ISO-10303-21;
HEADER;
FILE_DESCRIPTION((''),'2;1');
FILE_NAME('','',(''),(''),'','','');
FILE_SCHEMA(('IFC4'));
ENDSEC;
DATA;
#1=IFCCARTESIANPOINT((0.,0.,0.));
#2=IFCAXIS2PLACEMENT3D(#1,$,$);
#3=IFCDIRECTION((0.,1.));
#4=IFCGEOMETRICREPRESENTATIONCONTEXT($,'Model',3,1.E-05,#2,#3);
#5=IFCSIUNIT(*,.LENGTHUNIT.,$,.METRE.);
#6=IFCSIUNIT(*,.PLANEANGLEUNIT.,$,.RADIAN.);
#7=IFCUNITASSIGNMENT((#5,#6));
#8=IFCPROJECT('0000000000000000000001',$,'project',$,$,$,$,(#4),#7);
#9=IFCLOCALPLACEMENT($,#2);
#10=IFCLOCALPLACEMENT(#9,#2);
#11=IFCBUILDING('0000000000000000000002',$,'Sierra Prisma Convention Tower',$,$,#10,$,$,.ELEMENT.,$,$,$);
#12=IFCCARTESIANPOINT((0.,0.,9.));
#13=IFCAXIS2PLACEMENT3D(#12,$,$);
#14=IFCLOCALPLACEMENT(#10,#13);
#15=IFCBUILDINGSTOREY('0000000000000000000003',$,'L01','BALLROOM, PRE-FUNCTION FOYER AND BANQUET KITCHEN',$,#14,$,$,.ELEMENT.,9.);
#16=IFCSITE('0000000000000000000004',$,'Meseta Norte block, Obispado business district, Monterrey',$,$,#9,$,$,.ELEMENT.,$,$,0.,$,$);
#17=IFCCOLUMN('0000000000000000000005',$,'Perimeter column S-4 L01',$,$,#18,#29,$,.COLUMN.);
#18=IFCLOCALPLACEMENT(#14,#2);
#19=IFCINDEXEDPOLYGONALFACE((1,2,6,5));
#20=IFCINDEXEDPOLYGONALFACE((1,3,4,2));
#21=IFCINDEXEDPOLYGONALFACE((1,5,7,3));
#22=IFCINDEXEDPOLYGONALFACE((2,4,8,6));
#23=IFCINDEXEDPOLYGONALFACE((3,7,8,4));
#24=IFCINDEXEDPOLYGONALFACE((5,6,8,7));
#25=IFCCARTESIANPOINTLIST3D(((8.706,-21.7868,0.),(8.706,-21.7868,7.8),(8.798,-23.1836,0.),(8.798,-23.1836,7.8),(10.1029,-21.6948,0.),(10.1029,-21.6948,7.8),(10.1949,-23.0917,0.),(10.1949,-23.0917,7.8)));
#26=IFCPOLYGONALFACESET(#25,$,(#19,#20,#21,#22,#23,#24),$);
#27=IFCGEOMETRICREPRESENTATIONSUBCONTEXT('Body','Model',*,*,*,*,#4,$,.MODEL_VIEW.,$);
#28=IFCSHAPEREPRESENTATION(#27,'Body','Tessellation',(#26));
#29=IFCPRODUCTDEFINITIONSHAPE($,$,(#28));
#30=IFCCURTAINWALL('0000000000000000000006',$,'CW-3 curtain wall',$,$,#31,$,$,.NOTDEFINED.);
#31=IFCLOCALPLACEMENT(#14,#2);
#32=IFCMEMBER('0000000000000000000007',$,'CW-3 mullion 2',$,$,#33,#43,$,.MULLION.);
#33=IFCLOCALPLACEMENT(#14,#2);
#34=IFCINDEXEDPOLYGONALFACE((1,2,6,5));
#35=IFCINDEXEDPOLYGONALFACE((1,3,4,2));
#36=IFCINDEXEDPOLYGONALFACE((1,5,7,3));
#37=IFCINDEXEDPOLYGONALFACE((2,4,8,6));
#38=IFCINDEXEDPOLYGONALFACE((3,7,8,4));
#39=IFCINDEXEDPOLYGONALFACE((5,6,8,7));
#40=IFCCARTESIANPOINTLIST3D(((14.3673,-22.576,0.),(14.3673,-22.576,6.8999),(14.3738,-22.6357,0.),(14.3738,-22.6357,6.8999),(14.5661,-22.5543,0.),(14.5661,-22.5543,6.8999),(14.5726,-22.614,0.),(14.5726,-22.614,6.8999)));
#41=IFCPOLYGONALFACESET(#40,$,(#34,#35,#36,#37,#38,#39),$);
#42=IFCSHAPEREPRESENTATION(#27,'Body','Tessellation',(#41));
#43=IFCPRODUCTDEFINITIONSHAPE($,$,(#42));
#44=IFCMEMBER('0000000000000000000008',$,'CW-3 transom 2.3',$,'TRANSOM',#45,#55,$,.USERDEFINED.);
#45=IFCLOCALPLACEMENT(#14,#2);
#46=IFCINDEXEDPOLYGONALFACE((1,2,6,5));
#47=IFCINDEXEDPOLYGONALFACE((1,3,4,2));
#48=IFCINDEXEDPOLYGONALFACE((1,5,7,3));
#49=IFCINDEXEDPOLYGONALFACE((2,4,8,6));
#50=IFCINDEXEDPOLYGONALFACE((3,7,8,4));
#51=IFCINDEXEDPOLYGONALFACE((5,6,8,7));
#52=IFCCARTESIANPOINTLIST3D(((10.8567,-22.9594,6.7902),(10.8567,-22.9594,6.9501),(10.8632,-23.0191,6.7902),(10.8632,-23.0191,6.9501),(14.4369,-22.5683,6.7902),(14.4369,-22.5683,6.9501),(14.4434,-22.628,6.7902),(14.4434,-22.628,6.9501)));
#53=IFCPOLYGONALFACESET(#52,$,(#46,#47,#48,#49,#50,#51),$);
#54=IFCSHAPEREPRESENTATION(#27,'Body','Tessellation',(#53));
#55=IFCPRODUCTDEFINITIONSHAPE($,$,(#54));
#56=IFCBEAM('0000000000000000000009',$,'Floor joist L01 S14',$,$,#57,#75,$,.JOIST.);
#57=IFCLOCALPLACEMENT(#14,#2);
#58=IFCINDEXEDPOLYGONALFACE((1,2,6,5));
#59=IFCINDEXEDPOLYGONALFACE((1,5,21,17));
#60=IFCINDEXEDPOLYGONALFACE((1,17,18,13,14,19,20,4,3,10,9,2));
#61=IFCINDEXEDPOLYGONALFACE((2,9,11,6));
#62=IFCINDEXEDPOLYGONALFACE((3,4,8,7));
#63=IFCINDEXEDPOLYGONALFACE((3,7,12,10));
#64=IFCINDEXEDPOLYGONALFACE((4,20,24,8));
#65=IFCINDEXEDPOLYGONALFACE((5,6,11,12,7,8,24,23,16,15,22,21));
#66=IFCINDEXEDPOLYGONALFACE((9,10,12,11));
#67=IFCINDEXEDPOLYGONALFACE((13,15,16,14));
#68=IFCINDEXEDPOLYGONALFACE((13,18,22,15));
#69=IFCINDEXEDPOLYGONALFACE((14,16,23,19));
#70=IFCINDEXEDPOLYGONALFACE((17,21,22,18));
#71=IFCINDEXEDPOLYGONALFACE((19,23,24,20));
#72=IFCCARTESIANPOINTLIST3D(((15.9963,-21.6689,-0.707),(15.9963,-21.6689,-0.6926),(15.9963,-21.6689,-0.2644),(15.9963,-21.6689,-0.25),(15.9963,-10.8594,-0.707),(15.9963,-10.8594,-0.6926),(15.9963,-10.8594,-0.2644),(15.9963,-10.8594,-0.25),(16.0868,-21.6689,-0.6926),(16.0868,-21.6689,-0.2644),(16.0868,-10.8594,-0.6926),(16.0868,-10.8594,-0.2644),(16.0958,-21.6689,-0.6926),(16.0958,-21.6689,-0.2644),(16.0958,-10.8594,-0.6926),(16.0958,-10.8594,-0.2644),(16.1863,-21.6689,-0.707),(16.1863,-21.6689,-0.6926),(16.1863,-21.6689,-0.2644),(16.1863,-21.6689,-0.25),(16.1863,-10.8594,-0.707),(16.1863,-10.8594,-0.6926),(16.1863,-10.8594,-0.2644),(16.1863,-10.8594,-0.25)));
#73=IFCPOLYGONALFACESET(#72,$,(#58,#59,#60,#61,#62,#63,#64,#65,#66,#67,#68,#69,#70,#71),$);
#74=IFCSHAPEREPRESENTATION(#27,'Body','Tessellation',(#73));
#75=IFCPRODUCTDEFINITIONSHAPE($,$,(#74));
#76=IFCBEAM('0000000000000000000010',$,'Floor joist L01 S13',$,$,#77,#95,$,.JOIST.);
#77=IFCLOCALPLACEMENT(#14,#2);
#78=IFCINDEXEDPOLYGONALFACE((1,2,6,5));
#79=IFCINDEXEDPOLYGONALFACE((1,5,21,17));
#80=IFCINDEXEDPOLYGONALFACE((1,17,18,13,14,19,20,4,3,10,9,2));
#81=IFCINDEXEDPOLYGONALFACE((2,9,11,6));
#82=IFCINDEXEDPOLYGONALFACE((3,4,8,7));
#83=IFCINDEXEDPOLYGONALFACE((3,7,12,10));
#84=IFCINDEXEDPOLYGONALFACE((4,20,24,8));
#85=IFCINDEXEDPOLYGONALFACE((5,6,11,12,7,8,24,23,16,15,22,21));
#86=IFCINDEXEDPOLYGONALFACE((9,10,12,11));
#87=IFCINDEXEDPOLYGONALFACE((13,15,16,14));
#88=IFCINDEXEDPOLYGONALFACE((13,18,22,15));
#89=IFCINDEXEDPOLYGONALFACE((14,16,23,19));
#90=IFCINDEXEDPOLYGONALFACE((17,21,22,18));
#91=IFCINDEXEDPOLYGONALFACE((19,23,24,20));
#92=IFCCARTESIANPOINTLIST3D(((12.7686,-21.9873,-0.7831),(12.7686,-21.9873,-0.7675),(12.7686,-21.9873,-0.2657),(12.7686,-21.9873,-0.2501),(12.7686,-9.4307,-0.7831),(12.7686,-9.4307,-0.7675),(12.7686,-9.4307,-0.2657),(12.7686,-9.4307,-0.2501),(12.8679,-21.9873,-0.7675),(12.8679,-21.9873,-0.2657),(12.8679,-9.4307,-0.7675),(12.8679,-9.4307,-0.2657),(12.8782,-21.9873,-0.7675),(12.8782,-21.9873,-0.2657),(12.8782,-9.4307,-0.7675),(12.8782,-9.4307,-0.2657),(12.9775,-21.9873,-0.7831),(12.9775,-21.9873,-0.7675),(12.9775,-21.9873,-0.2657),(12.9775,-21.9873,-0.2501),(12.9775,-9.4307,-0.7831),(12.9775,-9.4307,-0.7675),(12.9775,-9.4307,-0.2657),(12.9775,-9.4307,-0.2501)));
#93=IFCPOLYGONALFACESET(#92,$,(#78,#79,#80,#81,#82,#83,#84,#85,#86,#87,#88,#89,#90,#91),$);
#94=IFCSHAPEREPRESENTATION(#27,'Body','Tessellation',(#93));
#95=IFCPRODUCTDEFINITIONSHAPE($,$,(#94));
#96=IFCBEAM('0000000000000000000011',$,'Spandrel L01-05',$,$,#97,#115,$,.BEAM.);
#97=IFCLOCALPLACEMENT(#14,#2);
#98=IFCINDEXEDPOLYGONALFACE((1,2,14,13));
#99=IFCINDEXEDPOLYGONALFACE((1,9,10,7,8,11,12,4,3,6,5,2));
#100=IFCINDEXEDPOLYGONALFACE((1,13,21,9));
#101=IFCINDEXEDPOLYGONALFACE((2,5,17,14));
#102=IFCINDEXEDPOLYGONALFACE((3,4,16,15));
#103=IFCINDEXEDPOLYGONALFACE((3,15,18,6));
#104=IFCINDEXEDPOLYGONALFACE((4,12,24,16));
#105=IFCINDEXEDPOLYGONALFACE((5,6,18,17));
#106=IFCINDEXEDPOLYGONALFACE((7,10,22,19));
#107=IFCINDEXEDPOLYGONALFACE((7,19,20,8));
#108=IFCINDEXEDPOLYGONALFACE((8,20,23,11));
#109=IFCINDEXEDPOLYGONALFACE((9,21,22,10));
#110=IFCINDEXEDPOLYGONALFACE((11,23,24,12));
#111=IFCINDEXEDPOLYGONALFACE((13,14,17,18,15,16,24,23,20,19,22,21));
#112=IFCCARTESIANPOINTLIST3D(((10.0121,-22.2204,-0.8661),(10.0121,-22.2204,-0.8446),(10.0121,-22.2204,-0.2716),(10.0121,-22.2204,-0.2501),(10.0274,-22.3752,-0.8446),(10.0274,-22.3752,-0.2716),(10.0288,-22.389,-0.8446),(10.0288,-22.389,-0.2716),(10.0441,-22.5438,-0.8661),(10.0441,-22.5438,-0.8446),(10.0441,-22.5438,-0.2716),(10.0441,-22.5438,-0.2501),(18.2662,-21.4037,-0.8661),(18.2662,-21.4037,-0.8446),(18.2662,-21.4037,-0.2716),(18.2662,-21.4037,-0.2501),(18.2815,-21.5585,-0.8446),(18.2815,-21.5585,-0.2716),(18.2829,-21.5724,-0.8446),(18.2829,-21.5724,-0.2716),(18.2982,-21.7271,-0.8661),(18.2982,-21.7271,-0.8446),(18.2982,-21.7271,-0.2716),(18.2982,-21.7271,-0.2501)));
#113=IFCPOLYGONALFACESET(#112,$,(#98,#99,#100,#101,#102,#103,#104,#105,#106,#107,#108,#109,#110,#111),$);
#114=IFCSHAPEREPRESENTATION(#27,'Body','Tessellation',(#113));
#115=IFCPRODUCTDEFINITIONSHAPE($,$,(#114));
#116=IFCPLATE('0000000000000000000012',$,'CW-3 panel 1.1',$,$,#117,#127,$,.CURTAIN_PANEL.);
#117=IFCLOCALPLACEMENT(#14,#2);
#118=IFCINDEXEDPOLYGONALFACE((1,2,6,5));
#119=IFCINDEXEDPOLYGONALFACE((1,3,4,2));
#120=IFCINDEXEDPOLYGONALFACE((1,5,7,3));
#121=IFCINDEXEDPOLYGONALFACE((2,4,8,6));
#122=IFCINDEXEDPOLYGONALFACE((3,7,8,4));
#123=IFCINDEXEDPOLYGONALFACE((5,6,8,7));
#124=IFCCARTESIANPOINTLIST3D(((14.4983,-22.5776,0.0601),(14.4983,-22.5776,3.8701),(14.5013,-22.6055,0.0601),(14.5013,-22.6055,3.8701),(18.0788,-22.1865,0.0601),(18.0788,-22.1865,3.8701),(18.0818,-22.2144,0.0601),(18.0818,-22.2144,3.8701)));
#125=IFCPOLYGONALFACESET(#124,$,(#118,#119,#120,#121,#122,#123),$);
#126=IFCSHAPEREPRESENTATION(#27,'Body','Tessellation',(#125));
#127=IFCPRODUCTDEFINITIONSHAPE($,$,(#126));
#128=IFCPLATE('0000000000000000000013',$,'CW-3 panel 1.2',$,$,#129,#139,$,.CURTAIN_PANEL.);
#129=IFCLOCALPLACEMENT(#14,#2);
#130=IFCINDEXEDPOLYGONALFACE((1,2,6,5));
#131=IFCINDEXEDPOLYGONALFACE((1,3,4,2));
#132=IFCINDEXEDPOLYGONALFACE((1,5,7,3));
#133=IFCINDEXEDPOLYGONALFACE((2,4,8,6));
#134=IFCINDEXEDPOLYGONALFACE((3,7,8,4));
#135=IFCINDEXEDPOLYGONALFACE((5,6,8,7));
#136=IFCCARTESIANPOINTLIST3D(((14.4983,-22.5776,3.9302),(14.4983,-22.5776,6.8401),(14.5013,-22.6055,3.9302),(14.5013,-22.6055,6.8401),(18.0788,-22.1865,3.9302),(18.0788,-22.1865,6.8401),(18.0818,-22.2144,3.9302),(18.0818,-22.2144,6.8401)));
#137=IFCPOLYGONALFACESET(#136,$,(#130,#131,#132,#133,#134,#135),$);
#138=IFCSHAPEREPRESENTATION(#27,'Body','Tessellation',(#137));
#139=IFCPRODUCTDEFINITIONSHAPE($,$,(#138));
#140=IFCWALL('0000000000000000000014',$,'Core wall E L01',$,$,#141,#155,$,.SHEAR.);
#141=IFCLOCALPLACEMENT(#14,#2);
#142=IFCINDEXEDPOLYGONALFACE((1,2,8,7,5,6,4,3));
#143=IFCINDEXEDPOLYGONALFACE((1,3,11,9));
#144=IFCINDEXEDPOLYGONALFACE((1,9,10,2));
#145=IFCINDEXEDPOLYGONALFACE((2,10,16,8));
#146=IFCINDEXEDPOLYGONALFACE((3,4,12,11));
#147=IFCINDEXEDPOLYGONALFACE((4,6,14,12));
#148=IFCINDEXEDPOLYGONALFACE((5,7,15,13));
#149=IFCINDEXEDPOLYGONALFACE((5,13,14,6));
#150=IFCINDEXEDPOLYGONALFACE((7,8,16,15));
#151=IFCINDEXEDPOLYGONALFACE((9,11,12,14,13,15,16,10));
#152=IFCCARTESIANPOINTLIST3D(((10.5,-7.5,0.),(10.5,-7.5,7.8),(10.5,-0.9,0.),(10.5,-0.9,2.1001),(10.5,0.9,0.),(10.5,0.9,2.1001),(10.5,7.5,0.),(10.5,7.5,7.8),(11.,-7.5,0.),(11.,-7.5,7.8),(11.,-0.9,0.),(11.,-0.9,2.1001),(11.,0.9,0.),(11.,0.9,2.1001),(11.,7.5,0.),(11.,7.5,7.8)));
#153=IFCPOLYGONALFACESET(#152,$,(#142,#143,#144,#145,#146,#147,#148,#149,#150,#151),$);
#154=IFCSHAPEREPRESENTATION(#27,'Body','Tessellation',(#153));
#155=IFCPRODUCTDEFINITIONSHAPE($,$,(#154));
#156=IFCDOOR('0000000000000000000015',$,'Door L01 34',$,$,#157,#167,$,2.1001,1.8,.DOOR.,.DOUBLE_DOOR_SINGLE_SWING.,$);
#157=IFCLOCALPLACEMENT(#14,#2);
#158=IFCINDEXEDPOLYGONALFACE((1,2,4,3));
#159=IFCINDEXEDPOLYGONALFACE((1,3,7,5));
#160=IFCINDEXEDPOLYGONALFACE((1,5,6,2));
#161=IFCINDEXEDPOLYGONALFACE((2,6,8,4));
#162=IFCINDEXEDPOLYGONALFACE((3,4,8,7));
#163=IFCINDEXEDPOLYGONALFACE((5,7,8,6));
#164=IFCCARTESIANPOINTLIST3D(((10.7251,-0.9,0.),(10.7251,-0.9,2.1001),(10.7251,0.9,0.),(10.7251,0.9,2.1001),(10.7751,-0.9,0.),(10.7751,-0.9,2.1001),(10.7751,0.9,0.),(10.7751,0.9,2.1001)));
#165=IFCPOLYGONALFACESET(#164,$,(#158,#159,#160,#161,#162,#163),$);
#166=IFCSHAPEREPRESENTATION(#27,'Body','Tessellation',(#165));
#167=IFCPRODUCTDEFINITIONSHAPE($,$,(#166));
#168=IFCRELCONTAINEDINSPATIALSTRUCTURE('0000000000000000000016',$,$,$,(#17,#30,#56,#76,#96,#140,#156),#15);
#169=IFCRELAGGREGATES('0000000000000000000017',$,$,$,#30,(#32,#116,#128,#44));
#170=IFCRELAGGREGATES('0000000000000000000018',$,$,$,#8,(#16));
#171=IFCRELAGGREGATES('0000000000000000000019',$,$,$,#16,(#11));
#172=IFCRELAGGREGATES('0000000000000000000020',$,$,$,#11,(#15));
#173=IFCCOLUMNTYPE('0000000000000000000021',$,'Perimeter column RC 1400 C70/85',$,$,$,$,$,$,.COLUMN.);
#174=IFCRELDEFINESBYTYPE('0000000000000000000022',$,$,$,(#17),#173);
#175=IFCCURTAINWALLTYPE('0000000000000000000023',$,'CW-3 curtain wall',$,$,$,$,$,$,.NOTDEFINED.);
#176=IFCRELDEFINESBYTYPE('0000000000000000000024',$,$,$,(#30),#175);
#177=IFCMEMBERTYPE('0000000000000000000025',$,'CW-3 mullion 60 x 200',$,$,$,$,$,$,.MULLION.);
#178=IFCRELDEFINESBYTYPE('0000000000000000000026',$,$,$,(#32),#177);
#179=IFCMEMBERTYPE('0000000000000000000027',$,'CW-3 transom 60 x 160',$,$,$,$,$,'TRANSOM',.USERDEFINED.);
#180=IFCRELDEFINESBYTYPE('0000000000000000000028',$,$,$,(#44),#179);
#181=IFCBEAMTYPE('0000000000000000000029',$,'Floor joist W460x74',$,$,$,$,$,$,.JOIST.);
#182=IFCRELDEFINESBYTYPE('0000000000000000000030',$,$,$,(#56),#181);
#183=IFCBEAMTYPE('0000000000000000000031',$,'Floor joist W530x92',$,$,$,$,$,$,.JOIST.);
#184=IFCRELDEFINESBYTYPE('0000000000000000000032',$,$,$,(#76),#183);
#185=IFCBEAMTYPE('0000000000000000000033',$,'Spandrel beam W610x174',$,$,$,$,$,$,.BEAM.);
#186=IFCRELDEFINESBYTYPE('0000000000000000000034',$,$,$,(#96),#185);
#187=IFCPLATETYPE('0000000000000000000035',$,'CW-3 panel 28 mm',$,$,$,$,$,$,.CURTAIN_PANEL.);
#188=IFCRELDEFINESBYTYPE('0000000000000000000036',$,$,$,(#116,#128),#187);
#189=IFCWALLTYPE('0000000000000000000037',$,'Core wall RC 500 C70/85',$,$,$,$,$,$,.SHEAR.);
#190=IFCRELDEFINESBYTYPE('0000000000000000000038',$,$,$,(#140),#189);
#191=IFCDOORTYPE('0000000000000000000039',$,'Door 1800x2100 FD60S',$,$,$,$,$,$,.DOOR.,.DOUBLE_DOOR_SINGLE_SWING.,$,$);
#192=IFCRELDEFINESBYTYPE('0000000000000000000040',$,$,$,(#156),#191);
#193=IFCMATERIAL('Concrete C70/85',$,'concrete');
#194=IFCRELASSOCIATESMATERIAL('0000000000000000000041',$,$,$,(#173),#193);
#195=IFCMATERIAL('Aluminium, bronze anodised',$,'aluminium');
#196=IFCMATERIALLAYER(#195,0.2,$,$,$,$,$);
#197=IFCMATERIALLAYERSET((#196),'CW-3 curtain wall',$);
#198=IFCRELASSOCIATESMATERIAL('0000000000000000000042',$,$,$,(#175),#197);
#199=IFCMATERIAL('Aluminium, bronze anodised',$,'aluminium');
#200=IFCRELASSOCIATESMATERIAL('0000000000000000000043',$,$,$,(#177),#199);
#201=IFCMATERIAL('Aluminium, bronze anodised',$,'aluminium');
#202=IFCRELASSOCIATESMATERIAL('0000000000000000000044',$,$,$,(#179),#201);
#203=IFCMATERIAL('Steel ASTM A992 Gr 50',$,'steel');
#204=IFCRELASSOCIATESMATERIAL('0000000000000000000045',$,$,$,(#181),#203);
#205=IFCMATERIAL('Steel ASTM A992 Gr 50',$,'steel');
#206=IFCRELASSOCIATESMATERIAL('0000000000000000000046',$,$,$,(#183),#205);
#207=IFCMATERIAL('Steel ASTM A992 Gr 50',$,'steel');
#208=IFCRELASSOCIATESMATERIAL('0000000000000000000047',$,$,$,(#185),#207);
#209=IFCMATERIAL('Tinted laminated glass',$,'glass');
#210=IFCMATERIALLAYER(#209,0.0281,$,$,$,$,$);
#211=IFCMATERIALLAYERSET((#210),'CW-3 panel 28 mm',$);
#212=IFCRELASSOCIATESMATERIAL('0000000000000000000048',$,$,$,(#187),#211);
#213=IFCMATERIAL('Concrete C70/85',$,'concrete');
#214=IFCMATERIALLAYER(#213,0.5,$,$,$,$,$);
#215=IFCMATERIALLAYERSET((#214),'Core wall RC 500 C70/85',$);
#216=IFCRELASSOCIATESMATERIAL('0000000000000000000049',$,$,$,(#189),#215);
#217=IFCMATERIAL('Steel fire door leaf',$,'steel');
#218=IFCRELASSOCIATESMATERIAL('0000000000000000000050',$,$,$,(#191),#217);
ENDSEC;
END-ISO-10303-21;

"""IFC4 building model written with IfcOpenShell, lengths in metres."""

from ifc_helpers import new_model, si_unit, direction, frame, frame_2d, origin, origin_2d, place, context, subcontext, project, spatial, rectangle, i_section, extrude, material, layer, layer_set, material_profile, profile_set, type_object, element, fill, aggregate, save


model = new_model("IFC4")

# Units and contexts
model_context = context("Model", 3, precision=1e-05, world=origin(), true_north=direction((0.0, 1.0)))
body_context = subcontext(model_context, "Body", "Model", "MODEL_VIEW")
ifc_project = project(units=[si_unit("LENGTHUNIT", "METRE"), si_unit("PLANEANGLEUNIT", "RADIAN")], contexts=[model_context])

# Site, building, storey
site_placement = place(None, origin())
site = spatial("IfcSite", under=ifc_project, at=site_placement, Name="Meseta Norte block, Obispado business district, Monterrey", CompositionType="ELEMENT", RefElevation=0.0)
building_placement = place(site_placement, origin())
building = spatial("IfcBuilding", under=site, at=building_placement, Name="Sierra Prisma Convention Tower", CompositionType="ELEMENT")
storey_placement = place(building_placement, frame((0.0, 0.0, 9.0)))
storey = spatial("IfcBuildingStorey", under=building, at=storey_placement, Name="L01", Description="BALLROOM, PRE-FUNCTION FOYER AND BANQUET KITCHEN", CompositionType="ELEMENT", Elevation=9.0)

# Column
ifc_material_1 = material(Name="Concrete C70/85", Category="concrete")
ifc_material_profile_1 = material_profile(ifc_material_1, rectangle(XDim=1.3999, YDim=1.3999, at=origin_2d()), Name="Perimeter column RC 1400 C70/85")
ifc_profile_set_1 = profile_set([ifc_material_profile_1], Name="Concrete C70/85")
column_type = type_object("IfcColumnType", Name="Perimeter column RC 1400 C70/85", PredefinedType="COLUMN", material=ifc_profile_set_1)
column_placement = place(storey_placement, frame((9.4504, -22.4392, 0.0), z_axis=(0.0, 0.0, 1.0), x_axis=(0.997839, 0.065699, 0.0)))
element("IfcColumn", 1, at=column_placement, inside=storey, type_object=column_type, Name="Perimeter column S-4 L01", PredefinedType="COLUMN", context=body_context, shape_type="SweptSolid", body=[
    extrude(rectangle(XDim=1.3999, YDim=1.3999, at=origin_2d()), origin(), (0.0, 0.0, 1.0), 7.8),
])

# Curtain wall, members
ifc_material_2 = material(Name="Aluminium, bronze anodised", Category="aluminium")
ifc_layer_1 = layer(ifc_material_2, 0.2)
ifc_layer_set_1 = layer_set([ifc_layer_1], Name="CW-3 curtain wall")
curtain_wall_type = type_object("IfcCurtainWallType", Name="CW-3 curtain wall", PredefinedType="NOTDEFINED", material=ifc_layer_set_1)
curtain_wall_placement = place(storey_placement, origin())
curtain_wall = element("IfcCurtainWall", 2, at=curtain_wall_placement, inside=storey, type_object=curtain_wall_type, Name="CW-3 curtain wall", PredefinedType="NOTDEFINED")
ifc_material_3 = material(Name="Aluminium, bronze anodised", Category="aluminium")
ifc_material_profile_2 = material_profile(ifc_material_3, rectangle(XDim=0.0601, YDim=0.2, at=origin_2d()), Name="CW-3 mullion 60 x 200")
ifc_profile_set_2 = profile_set([ifc_material_profile_2], Name="Aluminium, bronze anodised")
member_type_1 = type_object("IfcMemberType", Name="CW-3 mullion 60 x 200", PredefinedType="MULLION", material=ifc_profile_set_2)
member_1_placement = place(storey_placement, frame((14.47, -22.595, 0.0), z_axis=(0.0, 0.0, 1.0), x_axis=(0.108607, -0.994085, 0.0)))
member_1 = element("IfcMember", 3, at=member_1_placement, type_object=member_type_1, Name="CW-3 mullion 2", PredefinedType="MULLION", context=body_context, shape_type="SweptSolid", body=[
    extrude(rectangle(XDim=0.0601, YDim=0.2, at=origin_2d()), origin(), (0.0, 0.0, 1.0), 6.8999),
])
ifc_material_4 = material(Name="Aluminium, bronze anodised", Category="aluminium")
ifc_material_profile_3 = material_profile(ifc_material_4, rectangle(XDim=0.0601, YDim=0.1599, at=origin_2d()), Name="CW-3 transom 60 x 160")
ifc_profile_set_3 = profile_set([ifc_material_profile_3], Name="Aluminium, bronze anodised")
member_type_2 = type_object("IfcMemberType", Name="CW-3 transom 60 x 160", ElementType="TRANSOM", PredefinedType="USERDEFINED", material=ifc_profile_set_3)
member_2_placement = place(storey_placement, frame((14.4402, -22.5981, 6.8701), z_axis=(-0.994086, -0.108594, 0.0), x_axis=(0.108594, -0.994086, 0.0)))
member_2 = element("IfcMember", 4, at=member_2_placement, type_object=member_type_2, Name="CW-3 transom 2.3", ObjectType="TRANSOM", PredefinedType="USERDEFINED", context=body_context, shape_type="SweptSolid", body=[
    extrude(rectangle(XDim=0.0601, YDim=0.1599, at=origin_2d()), origin(), (0.0, 0.0, 1.0), 3.6016),
])

# Beams
ifc_material_5 = material(Name="Steel ASTM A992 Gr 50", Category="steel")
ifc_material_profile_4 = material_profile(ifc_material_5, i_section(OverallWidth=0.1899, OverallDepth=0.457, WebThickness=0.009, FlangeThickness=0.0144, at=origin_2d()), Name="W460x74")
ifc_profile_set_4 = profile_set([ifc_material_profile_4], Name="Steel ASTM A992 Gr 50")
beam_type_1 = type_object("IfcBeamType", Name="Floor joist W460x74", PredefinedType="JOIST", material=ifc_profile_set_4)
beam_1_placement = place(storey_placement, frame((16.0913, -21.6689, -0.4785), z_axis=(0.0, 1.0, 0.0), x_axis=(-1.0, 0.0, 0.0)))
element("IfcBeam", 5, at=beam_1_placement, inside=storey, type_object=beam_type_1, Name="Floor joist L01 S14", PredefinedType="JOIST", context=body_context, shape_type="SweptSolid", body=[
    extrude(i_section(OverallWidth=0.1899, OverallDepth=0.457, WebThickness=0.009, FlangeThickness=0.0144, at=origin_2d()), origin(), (0.0, 0.0, 1.0), 10.8096),
])
ifc_material_6 = material(Name="Steel ASTM A992 Gr 50", Category="steel")
ifc_material_profile_5 = material_profile(ifc_material_6, i_section(OverallWidth=0.209, OverallDepth=0.533, WebThickness=0.0103, FlangeThickness=0.0156, at=origin_2d()), Name="W530x92")
ifc_profile_set_5 = profile_set([ifc_material_profile_5], Name="Steel ASTM A992 Gr 50")
beam_type_2 = type_object("IfcBeamType", Name="Floor joist W530x92", PredefinedType="JOIST", material=ifc_profile_set_5)
beam_2_placement = place(storey_placement, frame((12.873, -21.9873, -0.5166), z_axis=(0.0, 1.0, 0.0), x_axis=(-1.0, 0.0, 0.0)))
element("IfcBeam", 6, at=beam_2_placement, inside=storey, type_object=beam_type_2, Name="Floor joist L01 S13", PredefinedType="JOIST", context=body_context, shape_type="SweptSolid", body=[
    extrude(i_section(OverallWidth=0.209, OverallDepth=0.533, WebThickness=0.0103, FlangeThickness=0.0156, at=origin_2d()), origin(), (0.0, 0.0, 1.0), 12.5566),
])
ifc_material_7 = material(Name="Steel ASTM A992 Gr 50", Category="steel")
ifc_material_profile_6 = material_profile(ifc_material_7, i_section(OverallWidth=0.325, OverallDepth=0.616, WebThickness=0.0139, FlangeThickness=0.0215, at=origin_2d()), Name="W610x174")
ifc_profile_set_6 = profile_set([ifc_material_profile_6], Name="Steel ASTM A992 Gr 50")
beam_type_3 = type_object("IfcBeamType", Name="Spandrel beam W610x174", PredefinedType="BEAM", material=ifc_profile_set_6)
beam_3_placement = place(storey_placement, frame((10.0281, -22.3821, -0.5581), z_axis=(0.995141, 0.098457, 0.0), x_axis=(-0.098457, 0.995141, 0.0)))
element("IfcBeam", 7, at=beam_3_placement, inside=storey, type_object=beam_type_3, Name="Spandrel L01-05", PredefinedType="BEAM", context=body_context, shape_type="SweptSolid", body=[
    extrude(i_section(OverallWidth=0.325, OverallDepth=0.616, WebThickness=0.0139, FlangeThickness=0.0215, at=origin_2d()), origin(), (0.0, 0.0, 1.0), 8.2944),
])

# Plates
ifc_material_8 = material(Name="Tinted laminated glass", Category="glass")
ifc_layer_2 = layer(ifc_material_8, 0.0281)
ifc_layer_set_2 = layer_set([ifc_layer_2], Name="CW-3 panel 28 mm")
plate_type = type_object("IfcPlateType", Name="CW-3 panel 28 mm", PredefinedType="CURTAIN_PANEL", material=ifc_layer_set_2)
plate_1_placement = place(storey_placement, frame((16.29, -22.396, 0.0601), z_axis=(0.0, 0.0, 1.0), x_axis=(-0.994085, -0.108607, 0.0)))
plate_1 = element("IfcPlate", 8, at=plate_1_placement, type_object=plate_type, Name="CW-3 panel 1.1", PredefinedType="CURTAIN_PANEL", context=body_context, shape_type="SweptSolid", body=[
    extrude(rectangle(XDim=3.6018, YDim=0.0281, at=origin_2d()), origin(), (0.0, 0.0, 1.0), 3.8101),
])
plate_2_placement = place(storey_placement, frame((16.29, -22.396, 3.9302), z_axis=(0.0, 0.0, 1.0), x_axis=(-0.994085, -0.108607, 0.0)))
plate_2 = element("IfcPlate", 9, at=plate_2_placement, type_object=plate_type, Name="CW-3 panel 1.2", PredefinedType="CURTAIN_PANEL", context=body_context, shape_type="SweptSolid", body=[
    extrude(rectangle(XDim=3.6018, YDim=0.0281, at=origin_2d()), origin(), (0.0, 0.0, 1.0), 2.9099),
])
aggregate(curtain_wall, [member_1, plate_1, plate_2, member_2])

# Wall, opening, door
ifc_material_9 = material(Name="Concrete C70/85", Category="concrete")
ifc_layer_3 = layer(ifc_material_9, 0.5)
ifc_layer_set_3 = layer_set([ifc_layer_3], Name="Core wall RC 500 C70/85")
wall_type_1 = type_object("IfcWallType", Name="Core wall RC 500 C70/85", PredefinedType="SHEAR", material=ifc_layer_set_3)
wall_1_placement = place(storey_placement, frame((10.75, -7.5, 0.0), z_axis=(0.0, 0.0, 1.0), x_axis=(0.0, 1.0, 0.0)))
wall_1 = element("IfcWall", 10, at=wall_1_placement, inside=storey, type_object=wall_type_1, Name="Core wall E L01", PredefinedType="SHEAR", context=body_context, shape_type="SweptSolid", body=[
    extrude(rectangle(XDim=15.0, YDim=0.5, at=frame_2d((7.5, 0.0))), origin(), (0.0, 0.0, 1.0), 7.8),
])
opening_1_placement = place(wall_1_placement, frame((6.6001, 0.0, 0.0)))
opening_1 = element("IfcOpeningElement", 11, at=opening_1_placement, cuts=wall_1, PredefinedType="OPENING", context=body_context, shape_type="SweptSolid", body=[
    extrude(rectangle(XDim=1.8, YDim=2.1001, at=frame_2d((0.8999, 1.05))), frame((0.0, 0.25, 0.0), z_axis=(0.0, -1.0, 0.0), x_axis=(1.0, 0.0, 0.0)), (0.0, 0.0, 1.0), 0.5),
])
ifc_material_10 = material(Name="Steel fire door leaf", Category="steel")
door_type_1 = type_object("IfcDoorType", Name="Door 1800x2100 FD60S", OperationType="DOUBLE_DOOR_SINGLE_SWING", PredefinedType="DOOR", material=ifc_material_10)
door_1_placement = place(opening_1_placement, origin())
door_1 = element("IfcDoor", 12, at=door_1_placement, inside=storey, type_object=door_type_1, Name="Door L01 34", OperationType="DOUBLE_DOOR_SINGLE_SWING", OverallHeight=2.1001, OverallWidth=1.8, PredefinedType="DOOR", context=body_context, shape_type="SweptSolid", body=[
    extrude(rectangle(XDim=1.8, YDim=2.1001, at=frame_2d((0.8999, 1.05))), frame((0.0, 0.0249, 0.0), z_axis=(0.0, -1.0, 0.0), x_axis=(1.0, 0.0, 0.0)), (0.0, 0.0, 1.0), 0.05),
])
fill(opening_1, door_1)

save(model, "model.ifc")
